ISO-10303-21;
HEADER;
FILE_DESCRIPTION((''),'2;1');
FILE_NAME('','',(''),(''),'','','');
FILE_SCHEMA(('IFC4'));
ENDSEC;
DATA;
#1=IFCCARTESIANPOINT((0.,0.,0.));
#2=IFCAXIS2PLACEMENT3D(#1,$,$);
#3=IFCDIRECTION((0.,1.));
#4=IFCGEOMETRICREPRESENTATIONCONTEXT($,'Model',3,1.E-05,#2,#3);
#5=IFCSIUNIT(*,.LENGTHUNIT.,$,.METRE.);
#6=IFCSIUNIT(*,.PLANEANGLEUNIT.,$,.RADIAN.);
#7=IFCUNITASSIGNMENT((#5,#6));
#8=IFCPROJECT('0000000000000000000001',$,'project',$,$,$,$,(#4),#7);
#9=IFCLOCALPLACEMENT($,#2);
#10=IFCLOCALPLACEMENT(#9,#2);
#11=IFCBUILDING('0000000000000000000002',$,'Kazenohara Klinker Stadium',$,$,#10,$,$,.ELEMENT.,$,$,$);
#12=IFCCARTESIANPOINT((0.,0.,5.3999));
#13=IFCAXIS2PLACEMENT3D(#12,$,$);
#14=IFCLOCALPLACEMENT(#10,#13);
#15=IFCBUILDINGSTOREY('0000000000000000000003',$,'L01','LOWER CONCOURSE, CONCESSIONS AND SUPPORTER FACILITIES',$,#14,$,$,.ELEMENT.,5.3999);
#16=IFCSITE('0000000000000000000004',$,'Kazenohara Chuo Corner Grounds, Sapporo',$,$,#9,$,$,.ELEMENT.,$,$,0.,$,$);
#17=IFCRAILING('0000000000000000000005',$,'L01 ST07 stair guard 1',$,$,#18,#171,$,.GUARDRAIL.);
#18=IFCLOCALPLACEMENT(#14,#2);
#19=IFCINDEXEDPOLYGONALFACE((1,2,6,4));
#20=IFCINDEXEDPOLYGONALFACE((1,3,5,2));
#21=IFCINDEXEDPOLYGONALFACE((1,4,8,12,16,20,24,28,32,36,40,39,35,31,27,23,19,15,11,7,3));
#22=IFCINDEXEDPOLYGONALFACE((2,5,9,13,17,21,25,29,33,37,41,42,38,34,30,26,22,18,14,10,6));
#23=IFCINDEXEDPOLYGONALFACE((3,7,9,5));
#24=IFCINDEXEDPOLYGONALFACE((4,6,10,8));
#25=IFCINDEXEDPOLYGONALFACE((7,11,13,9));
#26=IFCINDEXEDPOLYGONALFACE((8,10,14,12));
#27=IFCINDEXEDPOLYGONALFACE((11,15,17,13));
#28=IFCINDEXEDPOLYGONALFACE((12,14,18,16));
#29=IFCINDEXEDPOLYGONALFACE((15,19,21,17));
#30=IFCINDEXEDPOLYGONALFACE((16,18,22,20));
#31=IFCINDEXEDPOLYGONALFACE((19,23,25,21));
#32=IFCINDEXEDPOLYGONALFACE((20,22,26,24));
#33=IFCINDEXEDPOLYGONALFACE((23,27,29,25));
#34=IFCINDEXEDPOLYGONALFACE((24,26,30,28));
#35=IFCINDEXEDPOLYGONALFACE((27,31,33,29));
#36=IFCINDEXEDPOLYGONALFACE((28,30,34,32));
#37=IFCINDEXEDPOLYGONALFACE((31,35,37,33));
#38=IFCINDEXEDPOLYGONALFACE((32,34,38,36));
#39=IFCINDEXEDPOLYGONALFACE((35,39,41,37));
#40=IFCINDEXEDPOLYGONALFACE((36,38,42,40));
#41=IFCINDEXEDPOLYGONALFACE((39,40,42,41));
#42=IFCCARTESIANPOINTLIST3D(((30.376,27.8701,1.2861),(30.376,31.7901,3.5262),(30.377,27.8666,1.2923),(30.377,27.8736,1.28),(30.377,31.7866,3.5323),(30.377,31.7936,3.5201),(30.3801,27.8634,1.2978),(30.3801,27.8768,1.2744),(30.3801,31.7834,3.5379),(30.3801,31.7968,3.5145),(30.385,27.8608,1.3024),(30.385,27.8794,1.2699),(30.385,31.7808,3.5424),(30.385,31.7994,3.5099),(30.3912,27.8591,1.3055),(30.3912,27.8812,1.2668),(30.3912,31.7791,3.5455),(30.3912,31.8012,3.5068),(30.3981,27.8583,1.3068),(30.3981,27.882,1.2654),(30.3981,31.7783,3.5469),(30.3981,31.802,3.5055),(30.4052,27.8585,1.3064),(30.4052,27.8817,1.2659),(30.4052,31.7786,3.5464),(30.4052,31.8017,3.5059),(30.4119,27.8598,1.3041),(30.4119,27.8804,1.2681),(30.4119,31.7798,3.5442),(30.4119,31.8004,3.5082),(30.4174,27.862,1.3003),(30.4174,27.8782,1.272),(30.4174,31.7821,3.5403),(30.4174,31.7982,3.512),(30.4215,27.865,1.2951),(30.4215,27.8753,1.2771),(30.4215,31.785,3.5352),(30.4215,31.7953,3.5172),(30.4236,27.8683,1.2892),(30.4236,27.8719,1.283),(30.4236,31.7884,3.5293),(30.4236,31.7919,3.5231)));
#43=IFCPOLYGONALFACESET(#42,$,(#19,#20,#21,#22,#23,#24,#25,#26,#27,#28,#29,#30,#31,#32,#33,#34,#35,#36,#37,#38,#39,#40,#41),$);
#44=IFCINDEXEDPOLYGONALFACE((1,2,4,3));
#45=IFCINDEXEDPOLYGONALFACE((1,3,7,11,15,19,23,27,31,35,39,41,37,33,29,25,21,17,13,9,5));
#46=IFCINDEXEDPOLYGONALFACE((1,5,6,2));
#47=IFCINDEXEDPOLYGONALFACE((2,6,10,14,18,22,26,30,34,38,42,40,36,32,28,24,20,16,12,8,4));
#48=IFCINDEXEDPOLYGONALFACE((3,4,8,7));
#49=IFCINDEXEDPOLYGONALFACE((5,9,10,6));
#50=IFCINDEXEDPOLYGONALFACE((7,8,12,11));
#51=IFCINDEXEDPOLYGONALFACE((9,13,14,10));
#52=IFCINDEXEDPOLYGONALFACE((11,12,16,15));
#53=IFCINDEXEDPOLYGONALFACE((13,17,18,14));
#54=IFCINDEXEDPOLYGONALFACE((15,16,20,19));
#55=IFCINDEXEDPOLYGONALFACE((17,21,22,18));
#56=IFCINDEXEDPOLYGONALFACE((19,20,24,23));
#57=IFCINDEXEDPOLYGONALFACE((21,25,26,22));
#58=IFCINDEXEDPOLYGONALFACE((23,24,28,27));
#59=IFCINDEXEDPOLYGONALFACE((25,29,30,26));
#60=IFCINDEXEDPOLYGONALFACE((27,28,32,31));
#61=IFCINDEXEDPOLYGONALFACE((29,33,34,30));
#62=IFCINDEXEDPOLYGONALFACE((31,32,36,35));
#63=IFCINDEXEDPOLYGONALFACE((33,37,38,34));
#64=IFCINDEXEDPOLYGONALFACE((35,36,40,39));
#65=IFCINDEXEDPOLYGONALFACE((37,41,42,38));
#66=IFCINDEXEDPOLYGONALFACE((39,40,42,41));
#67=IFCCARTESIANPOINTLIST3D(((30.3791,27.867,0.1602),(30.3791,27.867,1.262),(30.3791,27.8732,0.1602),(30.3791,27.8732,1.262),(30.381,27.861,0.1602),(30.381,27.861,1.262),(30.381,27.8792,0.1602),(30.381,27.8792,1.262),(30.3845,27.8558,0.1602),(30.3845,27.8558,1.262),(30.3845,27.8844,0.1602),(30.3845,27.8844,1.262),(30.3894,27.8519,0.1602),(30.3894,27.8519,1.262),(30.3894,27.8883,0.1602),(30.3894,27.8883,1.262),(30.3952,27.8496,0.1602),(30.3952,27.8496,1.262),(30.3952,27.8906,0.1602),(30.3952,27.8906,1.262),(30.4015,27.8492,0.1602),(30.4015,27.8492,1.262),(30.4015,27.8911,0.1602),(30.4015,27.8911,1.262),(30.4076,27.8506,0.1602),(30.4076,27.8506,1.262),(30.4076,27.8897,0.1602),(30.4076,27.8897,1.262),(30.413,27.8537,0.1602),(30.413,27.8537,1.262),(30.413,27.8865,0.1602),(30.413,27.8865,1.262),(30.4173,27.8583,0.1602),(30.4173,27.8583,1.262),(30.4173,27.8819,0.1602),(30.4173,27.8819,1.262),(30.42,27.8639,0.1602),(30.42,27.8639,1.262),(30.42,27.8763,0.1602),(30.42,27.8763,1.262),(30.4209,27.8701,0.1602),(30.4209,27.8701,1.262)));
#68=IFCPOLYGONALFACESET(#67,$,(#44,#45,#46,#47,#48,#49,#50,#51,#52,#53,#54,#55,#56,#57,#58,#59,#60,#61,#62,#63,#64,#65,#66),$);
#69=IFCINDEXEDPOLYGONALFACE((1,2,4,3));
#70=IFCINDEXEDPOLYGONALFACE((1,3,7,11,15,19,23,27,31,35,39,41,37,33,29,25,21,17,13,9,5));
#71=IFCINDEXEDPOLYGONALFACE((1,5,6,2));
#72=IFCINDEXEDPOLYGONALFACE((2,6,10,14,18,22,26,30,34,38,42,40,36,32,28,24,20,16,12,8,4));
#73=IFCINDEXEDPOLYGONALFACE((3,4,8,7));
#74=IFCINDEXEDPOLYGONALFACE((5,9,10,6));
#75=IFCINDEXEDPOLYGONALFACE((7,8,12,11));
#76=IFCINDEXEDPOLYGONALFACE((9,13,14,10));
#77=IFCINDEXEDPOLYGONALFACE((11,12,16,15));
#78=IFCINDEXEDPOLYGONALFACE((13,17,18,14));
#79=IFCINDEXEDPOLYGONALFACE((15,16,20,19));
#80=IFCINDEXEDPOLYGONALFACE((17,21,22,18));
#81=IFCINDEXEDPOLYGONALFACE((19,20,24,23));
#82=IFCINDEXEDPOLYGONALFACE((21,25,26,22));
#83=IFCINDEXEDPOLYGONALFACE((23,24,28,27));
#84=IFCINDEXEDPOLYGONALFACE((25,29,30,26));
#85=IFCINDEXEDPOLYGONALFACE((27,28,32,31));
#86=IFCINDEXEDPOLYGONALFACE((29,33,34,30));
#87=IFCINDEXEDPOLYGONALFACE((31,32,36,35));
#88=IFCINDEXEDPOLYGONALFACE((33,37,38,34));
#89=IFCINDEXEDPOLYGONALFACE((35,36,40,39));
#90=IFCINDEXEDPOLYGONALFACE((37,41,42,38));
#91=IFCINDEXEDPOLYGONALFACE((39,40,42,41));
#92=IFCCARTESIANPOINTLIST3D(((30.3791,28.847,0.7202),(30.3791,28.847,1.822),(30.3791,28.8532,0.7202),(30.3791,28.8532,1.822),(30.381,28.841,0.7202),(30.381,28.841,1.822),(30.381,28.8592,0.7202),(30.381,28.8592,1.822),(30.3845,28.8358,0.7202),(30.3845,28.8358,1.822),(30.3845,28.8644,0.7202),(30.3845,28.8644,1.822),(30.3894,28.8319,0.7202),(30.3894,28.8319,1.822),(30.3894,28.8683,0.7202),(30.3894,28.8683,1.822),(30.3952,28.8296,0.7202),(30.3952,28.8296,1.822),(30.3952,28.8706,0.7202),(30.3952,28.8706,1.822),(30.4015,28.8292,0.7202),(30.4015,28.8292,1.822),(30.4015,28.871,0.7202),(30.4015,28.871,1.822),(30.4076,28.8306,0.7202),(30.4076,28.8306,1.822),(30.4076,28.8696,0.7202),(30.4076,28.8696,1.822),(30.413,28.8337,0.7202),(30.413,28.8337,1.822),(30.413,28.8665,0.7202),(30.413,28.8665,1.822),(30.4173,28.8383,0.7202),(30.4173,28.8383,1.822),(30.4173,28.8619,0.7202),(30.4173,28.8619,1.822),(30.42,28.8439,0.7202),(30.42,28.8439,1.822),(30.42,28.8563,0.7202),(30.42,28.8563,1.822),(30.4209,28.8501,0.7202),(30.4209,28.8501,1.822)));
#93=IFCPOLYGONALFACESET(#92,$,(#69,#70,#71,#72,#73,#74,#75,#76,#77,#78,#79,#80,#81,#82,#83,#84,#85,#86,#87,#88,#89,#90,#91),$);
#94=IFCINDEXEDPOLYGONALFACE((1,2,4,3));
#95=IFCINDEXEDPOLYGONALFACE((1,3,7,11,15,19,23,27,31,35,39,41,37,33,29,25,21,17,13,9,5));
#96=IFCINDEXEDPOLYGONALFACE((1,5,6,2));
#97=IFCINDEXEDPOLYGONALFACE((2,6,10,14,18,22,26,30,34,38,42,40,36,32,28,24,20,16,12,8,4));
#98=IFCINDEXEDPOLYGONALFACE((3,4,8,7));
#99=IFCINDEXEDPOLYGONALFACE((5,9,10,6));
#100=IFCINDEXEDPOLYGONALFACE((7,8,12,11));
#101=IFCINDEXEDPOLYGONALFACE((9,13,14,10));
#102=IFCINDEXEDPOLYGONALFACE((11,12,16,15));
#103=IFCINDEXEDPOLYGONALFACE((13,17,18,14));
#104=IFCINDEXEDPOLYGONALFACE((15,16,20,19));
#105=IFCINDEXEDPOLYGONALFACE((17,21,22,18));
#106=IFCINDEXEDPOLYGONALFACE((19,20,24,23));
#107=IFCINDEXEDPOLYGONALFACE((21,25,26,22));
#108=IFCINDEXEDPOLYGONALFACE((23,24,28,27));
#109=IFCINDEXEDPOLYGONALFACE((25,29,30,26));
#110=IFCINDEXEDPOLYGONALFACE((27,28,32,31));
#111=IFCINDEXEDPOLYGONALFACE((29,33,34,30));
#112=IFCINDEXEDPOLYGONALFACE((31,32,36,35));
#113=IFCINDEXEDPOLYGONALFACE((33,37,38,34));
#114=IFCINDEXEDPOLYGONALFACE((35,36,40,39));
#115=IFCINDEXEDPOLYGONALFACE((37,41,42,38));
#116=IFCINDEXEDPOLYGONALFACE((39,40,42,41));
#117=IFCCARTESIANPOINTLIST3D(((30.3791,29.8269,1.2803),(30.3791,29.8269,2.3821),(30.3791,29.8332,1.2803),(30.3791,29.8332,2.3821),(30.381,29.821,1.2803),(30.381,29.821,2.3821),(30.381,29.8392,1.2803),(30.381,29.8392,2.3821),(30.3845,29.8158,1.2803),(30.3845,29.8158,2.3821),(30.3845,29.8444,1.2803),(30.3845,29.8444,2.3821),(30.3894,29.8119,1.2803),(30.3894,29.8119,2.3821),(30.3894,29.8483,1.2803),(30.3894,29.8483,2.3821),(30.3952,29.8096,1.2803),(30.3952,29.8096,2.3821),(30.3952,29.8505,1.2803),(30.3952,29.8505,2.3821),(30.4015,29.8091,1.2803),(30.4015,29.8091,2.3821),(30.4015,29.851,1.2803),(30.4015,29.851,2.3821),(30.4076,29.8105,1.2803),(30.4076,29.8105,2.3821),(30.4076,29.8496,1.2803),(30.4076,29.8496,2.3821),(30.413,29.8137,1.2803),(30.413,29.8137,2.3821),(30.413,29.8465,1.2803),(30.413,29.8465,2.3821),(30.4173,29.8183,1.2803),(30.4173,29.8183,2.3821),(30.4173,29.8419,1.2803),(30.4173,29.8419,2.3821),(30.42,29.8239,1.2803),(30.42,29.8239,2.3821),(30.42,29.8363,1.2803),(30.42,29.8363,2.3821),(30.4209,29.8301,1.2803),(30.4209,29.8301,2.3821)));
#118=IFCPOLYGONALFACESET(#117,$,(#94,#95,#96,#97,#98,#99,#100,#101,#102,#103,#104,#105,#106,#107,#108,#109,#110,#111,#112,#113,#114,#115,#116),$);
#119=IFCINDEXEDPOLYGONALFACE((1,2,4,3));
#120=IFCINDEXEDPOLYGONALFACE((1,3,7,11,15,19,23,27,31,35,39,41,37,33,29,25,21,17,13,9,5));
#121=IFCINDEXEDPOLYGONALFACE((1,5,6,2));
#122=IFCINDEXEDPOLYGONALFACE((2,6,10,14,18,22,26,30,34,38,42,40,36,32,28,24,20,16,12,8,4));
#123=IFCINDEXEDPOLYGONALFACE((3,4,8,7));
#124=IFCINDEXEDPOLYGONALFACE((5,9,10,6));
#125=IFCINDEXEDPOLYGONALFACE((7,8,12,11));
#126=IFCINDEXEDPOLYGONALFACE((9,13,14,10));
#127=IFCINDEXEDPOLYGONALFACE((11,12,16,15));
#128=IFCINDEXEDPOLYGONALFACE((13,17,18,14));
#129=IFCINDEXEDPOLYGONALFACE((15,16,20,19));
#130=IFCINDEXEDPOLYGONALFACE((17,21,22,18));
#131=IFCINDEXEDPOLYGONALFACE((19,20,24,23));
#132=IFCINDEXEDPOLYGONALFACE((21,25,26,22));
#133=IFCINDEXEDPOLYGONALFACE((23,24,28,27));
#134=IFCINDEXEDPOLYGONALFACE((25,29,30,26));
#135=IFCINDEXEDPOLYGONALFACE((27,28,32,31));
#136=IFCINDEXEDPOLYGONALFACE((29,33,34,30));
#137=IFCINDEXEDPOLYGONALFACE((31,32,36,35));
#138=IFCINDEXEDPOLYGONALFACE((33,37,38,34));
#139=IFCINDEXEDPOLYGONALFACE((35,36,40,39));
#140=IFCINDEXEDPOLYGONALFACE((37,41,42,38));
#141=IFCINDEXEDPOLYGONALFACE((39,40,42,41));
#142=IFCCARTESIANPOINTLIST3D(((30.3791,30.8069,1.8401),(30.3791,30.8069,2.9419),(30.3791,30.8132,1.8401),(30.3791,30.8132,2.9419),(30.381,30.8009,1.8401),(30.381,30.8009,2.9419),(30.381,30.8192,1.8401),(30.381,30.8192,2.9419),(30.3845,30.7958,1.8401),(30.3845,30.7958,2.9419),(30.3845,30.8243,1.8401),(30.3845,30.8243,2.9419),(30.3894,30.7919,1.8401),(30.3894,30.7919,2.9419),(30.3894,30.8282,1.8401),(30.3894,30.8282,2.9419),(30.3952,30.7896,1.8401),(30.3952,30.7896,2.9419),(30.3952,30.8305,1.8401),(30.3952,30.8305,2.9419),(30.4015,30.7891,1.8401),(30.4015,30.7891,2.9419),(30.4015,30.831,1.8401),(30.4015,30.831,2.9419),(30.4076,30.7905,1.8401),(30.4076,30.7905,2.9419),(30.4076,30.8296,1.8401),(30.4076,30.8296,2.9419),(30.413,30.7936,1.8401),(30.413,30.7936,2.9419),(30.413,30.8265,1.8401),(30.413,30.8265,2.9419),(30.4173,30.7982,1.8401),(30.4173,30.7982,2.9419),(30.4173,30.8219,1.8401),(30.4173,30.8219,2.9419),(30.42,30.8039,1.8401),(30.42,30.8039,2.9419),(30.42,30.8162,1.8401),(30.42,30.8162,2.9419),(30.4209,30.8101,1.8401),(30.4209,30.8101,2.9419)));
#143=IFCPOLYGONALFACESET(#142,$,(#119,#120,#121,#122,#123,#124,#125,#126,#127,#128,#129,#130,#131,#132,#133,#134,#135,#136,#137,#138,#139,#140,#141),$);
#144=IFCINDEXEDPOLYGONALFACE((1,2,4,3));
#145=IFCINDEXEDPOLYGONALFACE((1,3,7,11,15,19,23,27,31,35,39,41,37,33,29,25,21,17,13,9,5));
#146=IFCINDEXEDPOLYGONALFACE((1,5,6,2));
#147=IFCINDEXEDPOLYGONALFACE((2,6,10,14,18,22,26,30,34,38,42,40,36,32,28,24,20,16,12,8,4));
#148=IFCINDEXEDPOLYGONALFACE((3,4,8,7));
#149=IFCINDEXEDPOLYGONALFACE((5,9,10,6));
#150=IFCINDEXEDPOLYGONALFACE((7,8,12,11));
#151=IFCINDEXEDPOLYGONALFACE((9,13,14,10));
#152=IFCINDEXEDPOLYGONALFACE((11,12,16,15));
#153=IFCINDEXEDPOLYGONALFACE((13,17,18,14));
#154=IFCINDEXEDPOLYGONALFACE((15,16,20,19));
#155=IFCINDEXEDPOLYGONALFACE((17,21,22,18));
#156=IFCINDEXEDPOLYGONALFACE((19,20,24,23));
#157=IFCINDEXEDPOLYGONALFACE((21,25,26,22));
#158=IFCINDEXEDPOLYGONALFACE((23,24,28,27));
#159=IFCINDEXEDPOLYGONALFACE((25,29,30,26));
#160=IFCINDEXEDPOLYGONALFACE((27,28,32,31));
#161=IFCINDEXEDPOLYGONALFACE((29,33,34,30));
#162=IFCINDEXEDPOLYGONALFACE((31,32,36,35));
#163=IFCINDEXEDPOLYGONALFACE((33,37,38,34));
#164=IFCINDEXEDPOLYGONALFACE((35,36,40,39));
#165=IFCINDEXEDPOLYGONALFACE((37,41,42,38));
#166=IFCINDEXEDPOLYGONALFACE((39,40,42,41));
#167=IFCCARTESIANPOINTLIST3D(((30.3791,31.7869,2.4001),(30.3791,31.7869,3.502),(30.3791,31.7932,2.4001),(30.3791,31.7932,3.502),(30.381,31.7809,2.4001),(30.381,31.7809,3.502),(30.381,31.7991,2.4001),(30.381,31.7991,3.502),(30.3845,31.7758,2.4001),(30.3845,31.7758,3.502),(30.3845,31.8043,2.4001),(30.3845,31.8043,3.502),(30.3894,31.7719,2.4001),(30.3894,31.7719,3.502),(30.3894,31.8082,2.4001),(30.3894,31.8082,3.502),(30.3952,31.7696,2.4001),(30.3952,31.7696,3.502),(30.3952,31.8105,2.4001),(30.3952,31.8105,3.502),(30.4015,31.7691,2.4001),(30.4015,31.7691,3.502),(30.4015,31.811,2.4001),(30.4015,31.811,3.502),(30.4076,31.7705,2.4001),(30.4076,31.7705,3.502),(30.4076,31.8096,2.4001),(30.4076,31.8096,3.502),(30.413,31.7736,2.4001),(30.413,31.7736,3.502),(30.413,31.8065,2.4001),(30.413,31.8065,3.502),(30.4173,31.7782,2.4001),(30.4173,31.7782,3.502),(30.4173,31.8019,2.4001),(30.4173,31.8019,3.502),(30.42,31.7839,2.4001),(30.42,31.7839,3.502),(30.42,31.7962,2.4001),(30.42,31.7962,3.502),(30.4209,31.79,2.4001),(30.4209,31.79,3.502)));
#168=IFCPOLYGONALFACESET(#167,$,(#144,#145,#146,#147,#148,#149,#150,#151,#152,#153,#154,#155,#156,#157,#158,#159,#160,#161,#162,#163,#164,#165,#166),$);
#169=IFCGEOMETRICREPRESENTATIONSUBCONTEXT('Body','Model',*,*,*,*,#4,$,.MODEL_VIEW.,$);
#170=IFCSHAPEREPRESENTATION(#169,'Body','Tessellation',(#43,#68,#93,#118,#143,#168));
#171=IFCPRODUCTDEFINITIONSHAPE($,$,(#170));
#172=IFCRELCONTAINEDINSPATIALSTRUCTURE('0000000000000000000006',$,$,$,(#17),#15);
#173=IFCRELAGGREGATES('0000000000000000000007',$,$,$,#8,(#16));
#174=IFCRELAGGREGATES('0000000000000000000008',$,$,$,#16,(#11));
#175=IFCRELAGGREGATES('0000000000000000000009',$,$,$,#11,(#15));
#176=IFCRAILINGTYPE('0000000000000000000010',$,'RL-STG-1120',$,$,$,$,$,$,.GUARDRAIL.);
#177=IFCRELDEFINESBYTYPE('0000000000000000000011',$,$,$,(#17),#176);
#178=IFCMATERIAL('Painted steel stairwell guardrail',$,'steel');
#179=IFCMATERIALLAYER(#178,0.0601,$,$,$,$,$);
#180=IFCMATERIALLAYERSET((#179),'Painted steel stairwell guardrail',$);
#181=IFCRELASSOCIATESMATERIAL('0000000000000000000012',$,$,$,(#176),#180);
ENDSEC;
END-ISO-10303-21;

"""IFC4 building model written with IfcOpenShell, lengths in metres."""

from ifc_helpers import new_model, si_unit, direction, frame, origin, origin_2d, place, context, subcontext, project, spatial, circle, extrude, material, layer, layer_set, type_object, element, save


model = new_model("IFC4")

# Units and contexts
model_context = context("Model", 3, precision=1e-05, world=origin(), true_north=direction((0.0, 1.0)))
body_context = subcontext(model_context, "Body", "Model", "MODEL_VIEW")
ifc_project = project(units=[si_unit("LENGTHUNIT", "METRE"), si_unit("PLANEANGLEUNIT", "RADIAN")], contexts=[model_context])

# Site, building, storey
site_placement = place(None, origin())
site = spatial("IfcSite", under=ifc_project, at=site_placement, Name="Kazenohara Chuo Corner Grounds, Sapporo", CompositionType="ELEMENT", RefElevation=0.0)
building_placement = place(site_placement, origin())
building = spatial("IfcBuilding", under=site, at=building_placement, Name="Kazenohara Klinker Stadium", CompositionType="ELEMENT")
storey_placement = place(building_placement, frame((0.0, 0.0, 5.3999)))
storey = spatial("IfcBuildingStorey", under=building, at=storey_placement, Name="L01", Description="LOWER CONCOURSE, CONCESSIONS AND SUPPORTER FACILITIES", CompositionType="ELEMENT", Elevation=5.3999)

# Railing
ifc_material_1 = material(Name="Painted steel stairwell guardrail", Category="steel")
ifc_layer_1 = layer(ifc_material_1, 0.0601)
ifc_layer_set_1 = layer_set([ifc_layer_1], Name="Painted steel stairwell guardrail")
railing_type = type_object("IfcRailingType", Name="RL-STG-1120", PredefinedType="GUARDRAIL", material=ifc_layer_set_1)
railing_1_placement = place(storey_placement, frame((30.3999, 27.8701, 0.1602)))
element("IfcRailing", 1, at=railing_1_placement, inside=storey, type_object=railing_type, Name="L01 ST07 stair guard 1", PredefinedType="GUARDRAIL", context=body_context, shape_type="SweptSolid", body=[
    extrude(circle(Radius=0.0239, at=origin_2d()), frame((0.0, 0.0, 1.126), z_axis=(0.0, 0.86824, 0.496145), x_axis=(-1.0, 0.0, 0.0)), (0.0, 0.0, 1.0), 4.5149),
    extrude(circle(Radius=0.021, at=origin_2d()), origin(), (0.0, 0.0, 1.0), 1.1018),
    extrude(circle(Radius=0.021, at=origin_2d()), frame((0.0, 0.98, 0.5601)), (0.0, 0.0, 1.0), 1.1018),
    extrude(circle(Radius=0.021, at=origin_2d()), frame((0.0, 1.96, 1.1201)), (0.0, 0.0, 1.0), 1.1018),
    extrude(circle(Radius=0.021, at=origin_2d()), frame((0.0, 2.9399, 1.6799)), (0.0, 0.0, 1.0), 1.1018),
    extrude(circle(Radius=0.021, at=origin_2d()), frame((0.0, 3.9199, 2.24)), (0.0, 0.0, 1.0), 1.1018),
])

save(model, "model.ifc")
